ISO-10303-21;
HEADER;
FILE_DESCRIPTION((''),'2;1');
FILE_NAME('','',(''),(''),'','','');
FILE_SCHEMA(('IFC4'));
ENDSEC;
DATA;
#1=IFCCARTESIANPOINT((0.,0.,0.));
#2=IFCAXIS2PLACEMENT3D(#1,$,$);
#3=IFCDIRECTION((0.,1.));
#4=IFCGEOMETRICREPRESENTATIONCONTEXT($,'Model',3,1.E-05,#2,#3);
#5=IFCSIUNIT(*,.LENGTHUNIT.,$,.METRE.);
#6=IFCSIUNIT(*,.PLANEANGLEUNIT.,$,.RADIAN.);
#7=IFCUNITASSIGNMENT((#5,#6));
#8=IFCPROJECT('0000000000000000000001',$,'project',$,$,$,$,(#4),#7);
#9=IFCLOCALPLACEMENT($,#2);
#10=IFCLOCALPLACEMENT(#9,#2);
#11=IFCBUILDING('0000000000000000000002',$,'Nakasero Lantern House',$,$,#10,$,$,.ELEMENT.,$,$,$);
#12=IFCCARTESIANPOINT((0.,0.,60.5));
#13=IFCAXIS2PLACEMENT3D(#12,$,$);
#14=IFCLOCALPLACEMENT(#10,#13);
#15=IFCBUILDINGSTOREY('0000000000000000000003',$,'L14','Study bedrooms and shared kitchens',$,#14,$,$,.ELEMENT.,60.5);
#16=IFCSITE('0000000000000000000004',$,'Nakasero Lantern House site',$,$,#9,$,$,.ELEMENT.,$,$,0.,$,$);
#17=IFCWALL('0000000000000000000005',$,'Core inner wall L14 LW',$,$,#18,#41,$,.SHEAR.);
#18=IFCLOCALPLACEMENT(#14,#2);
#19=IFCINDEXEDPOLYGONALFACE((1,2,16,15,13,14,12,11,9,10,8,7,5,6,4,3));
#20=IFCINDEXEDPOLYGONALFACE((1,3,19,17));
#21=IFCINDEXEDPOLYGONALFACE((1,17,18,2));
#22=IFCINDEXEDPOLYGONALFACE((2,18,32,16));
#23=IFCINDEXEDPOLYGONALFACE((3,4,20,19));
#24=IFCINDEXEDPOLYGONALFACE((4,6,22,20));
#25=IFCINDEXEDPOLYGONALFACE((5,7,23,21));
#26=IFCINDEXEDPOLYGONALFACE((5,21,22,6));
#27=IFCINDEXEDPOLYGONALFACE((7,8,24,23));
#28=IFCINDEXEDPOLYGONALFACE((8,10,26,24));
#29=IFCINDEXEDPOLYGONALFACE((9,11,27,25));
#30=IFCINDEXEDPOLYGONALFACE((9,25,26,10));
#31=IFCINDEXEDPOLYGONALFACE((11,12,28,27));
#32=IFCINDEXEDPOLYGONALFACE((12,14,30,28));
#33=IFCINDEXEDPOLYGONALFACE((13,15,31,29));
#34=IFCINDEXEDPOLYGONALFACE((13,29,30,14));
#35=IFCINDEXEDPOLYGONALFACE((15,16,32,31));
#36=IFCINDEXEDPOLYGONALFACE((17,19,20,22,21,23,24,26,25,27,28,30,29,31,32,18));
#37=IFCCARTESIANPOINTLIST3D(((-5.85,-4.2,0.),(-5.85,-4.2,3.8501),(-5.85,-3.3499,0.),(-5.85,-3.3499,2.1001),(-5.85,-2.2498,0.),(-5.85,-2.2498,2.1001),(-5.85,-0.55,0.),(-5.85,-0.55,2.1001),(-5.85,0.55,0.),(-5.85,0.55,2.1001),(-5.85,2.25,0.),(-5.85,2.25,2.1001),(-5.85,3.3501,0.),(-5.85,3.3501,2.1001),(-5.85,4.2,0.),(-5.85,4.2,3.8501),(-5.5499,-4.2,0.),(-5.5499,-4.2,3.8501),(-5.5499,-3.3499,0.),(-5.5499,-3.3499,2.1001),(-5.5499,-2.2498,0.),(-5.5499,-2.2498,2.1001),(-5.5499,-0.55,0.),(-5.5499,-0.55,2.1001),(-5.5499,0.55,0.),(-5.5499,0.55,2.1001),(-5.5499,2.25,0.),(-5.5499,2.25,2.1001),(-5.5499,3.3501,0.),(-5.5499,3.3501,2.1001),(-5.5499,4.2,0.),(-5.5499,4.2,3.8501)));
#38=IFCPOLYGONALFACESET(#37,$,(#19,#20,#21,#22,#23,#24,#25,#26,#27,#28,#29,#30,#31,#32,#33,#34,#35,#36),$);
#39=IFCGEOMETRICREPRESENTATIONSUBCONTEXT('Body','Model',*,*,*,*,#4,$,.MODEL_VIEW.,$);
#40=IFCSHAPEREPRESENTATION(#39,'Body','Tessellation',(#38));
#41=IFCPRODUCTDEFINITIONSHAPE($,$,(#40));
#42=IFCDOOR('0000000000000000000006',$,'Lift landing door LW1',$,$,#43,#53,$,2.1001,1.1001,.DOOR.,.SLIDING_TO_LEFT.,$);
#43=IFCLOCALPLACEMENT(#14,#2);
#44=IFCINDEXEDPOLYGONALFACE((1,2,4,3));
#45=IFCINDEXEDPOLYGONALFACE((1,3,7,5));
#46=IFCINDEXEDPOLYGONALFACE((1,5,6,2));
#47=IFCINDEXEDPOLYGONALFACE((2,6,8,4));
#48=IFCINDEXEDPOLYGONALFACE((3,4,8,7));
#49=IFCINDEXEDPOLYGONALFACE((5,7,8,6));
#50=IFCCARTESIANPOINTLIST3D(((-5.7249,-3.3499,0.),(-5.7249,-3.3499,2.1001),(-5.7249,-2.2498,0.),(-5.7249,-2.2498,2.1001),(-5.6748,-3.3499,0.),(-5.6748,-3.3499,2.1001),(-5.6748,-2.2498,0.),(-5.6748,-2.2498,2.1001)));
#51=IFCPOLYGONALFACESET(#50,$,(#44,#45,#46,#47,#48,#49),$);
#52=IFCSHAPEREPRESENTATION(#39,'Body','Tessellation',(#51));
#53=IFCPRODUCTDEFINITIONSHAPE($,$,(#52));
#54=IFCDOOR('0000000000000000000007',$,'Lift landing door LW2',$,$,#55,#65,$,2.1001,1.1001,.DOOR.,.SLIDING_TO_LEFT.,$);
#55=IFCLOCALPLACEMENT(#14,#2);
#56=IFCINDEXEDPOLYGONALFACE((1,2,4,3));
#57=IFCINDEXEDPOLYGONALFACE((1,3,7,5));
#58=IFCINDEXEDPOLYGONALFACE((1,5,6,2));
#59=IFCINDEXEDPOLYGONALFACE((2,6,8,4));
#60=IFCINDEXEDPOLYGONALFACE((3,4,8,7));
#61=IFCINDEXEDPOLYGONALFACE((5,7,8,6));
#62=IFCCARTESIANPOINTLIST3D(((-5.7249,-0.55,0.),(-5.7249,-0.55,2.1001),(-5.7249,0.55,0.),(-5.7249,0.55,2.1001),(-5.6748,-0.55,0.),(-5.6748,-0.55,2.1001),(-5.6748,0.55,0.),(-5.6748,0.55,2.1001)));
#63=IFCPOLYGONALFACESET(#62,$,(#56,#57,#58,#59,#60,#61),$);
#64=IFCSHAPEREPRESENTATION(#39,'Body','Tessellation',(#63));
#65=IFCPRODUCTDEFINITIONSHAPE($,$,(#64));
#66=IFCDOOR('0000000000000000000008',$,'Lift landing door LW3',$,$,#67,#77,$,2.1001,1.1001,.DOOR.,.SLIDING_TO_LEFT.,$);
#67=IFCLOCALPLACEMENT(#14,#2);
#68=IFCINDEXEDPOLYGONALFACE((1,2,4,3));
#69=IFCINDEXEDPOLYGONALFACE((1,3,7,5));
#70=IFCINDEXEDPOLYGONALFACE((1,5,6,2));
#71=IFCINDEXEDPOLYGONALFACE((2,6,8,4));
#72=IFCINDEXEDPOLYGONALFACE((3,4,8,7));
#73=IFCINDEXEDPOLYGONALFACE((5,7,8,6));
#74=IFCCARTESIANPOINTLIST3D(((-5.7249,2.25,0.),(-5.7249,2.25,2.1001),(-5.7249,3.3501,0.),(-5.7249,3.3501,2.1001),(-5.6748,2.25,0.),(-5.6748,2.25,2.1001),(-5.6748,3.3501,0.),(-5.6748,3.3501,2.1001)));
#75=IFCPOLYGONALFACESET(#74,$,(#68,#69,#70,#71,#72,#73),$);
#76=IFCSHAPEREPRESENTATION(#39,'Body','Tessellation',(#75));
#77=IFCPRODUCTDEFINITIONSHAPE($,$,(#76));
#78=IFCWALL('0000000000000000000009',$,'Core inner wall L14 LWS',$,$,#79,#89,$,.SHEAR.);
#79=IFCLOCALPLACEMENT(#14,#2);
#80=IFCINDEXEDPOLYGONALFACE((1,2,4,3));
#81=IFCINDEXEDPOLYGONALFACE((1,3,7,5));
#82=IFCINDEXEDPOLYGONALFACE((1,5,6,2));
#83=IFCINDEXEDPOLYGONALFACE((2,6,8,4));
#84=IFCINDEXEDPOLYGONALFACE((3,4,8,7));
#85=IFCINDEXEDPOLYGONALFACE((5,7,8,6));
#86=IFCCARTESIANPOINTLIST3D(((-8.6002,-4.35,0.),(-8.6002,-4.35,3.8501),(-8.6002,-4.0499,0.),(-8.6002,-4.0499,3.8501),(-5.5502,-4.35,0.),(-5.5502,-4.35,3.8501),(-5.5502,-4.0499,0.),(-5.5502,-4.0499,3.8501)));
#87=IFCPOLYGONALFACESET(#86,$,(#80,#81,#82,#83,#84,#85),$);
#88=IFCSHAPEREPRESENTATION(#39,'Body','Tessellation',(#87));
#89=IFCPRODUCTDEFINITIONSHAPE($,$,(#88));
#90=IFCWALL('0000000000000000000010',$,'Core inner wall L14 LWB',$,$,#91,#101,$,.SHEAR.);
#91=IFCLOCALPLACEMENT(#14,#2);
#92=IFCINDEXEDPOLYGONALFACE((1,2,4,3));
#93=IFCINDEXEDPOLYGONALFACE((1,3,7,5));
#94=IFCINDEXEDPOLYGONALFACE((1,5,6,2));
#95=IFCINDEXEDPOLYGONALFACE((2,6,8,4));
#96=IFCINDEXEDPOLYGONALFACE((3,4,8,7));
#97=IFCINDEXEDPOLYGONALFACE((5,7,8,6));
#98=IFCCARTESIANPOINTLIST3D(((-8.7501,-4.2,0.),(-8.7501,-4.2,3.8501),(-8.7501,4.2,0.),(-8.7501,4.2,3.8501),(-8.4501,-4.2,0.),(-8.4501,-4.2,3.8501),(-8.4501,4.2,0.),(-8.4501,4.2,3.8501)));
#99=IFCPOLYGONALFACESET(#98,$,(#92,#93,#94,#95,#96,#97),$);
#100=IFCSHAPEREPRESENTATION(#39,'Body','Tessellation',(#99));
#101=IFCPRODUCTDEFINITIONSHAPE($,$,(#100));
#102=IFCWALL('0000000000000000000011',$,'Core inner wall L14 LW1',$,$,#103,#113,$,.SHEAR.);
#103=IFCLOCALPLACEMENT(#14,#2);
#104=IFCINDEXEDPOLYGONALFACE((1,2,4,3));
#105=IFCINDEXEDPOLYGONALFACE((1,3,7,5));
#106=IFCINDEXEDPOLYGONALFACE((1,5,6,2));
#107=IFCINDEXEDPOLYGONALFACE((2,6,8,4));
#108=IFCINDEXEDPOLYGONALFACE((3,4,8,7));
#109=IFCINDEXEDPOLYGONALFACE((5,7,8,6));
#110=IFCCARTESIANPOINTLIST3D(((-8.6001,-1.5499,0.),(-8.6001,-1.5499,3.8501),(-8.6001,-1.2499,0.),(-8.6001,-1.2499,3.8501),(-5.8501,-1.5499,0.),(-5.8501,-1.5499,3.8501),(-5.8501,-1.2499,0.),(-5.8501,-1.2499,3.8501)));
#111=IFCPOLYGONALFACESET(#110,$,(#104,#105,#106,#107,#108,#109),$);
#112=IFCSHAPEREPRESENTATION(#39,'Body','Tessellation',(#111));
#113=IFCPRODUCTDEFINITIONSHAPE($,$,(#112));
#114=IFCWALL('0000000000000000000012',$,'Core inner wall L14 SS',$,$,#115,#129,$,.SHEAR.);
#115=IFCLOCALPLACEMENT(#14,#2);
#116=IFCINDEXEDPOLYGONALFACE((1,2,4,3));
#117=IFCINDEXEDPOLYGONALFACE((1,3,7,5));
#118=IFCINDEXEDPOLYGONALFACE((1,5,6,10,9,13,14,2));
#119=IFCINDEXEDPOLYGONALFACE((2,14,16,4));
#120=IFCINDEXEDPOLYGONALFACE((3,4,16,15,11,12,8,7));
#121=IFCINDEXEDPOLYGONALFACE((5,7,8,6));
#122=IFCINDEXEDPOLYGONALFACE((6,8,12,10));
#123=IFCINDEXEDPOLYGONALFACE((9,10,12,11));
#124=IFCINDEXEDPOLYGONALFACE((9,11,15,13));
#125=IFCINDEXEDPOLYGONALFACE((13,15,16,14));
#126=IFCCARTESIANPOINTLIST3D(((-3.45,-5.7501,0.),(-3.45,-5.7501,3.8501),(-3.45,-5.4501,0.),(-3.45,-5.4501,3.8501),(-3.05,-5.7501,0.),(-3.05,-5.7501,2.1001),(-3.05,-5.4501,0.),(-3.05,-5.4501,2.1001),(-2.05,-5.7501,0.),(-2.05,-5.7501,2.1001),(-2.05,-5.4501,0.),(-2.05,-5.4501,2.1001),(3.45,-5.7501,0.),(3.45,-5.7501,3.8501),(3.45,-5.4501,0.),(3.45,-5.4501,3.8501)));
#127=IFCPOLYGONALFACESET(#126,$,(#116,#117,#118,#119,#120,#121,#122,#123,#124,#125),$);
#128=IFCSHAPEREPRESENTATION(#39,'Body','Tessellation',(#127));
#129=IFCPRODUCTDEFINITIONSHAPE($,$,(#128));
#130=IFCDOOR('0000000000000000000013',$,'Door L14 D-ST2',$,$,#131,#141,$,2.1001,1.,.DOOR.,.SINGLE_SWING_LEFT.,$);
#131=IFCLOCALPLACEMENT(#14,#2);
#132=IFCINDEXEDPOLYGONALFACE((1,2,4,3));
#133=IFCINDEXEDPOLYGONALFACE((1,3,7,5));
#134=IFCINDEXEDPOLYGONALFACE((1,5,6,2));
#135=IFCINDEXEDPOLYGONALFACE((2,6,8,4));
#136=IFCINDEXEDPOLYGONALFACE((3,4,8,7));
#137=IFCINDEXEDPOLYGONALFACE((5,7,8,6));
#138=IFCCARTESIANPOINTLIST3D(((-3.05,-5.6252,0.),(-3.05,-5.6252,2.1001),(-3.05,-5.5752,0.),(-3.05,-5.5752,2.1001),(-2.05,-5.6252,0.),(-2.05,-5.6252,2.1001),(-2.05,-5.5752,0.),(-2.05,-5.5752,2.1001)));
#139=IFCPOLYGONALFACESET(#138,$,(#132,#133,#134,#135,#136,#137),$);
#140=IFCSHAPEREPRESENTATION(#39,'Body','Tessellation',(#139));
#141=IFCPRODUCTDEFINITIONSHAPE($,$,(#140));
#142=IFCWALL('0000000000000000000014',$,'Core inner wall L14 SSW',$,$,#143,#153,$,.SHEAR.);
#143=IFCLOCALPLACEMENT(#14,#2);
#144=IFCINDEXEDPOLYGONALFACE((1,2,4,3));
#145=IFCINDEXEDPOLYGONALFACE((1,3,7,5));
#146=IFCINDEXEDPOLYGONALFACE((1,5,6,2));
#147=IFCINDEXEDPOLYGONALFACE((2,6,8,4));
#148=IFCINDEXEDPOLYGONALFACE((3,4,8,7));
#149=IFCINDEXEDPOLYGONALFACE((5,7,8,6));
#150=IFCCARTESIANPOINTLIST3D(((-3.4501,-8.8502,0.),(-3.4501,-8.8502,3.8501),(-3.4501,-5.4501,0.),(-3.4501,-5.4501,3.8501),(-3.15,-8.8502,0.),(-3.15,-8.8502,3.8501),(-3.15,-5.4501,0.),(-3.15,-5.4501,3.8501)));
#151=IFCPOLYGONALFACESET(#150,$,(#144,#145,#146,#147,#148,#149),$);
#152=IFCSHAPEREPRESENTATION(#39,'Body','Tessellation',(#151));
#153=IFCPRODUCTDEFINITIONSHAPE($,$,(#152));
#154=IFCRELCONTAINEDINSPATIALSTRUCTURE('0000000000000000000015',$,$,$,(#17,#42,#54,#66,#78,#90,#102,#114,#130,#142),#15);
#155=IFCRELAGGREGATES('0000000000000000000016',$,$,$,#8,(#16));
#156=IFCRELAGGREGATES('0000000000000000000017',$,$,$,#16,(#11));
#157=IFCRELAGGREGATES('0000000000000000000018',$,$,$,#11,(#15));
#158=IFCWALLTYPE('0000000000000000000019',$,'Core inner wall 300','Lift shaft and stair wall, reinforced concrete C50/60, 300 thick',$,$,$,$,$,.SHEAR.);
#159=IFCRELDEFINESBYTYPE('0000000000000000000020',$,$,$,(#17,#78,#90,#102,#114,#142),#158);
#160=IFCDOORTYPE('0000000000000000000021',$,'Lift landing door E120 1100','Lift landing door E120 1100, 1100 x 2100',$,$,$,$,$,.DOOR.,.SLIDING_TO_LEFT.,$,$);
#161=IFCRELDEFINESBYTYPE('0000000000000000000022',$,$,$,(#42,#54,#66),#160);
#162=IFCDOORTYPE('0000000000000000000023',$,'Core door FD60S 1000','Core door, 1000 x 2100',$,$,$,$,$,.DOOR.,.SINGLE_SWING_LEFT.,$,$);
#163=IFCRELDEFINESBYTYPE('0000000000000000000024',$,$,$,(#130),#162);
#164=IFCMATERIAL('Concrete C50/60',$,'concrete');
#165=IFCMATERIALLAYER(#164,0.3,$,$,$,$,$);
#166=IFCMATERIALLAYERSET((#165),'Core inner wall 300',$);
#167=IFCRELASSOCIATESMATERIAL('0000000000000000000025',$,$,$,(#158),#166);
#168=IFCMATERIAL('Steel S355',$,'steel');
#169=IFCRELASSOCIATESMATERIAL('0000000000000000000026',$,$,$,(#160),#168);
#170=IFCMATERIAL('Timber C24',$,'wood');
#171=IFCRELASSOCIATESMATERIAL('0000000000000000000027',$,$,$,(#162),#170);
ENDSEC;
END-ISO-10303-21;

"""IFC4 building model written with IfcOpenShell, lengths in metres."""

from ifc_helpers import new_model, si_unit, direction, frame, frame_2d, origin, place, context, subcontext, project, spatial, rectangle, extrude, material, layer, layer_set, type_object, element, fill, save


model = new_model("IFC4")

# Units and contexts
model_context = context("Model", 3, precision=1e-05, world=origin(), true_north=direction((0.0, 1.0)))
body_context = subcontext(model_context, "Body", "Model", "MODEL_VIEW")
ifc_project = project(units=[si_unit("LENGTHUNIT", "METRE"), si_unit("PLANEANGLEUNIT", "RADIAN")], contexts=[model_context])

# Site, building, storey
site_placement = place(None, origin())
site = spatial("IfcSite", under=ifc_project, at=site_placement, Name="Nakasero Lantern House site", CompositionType="ELEMENT", RefElevation=0.0)
building_placement = place(site_placement, origin())
building = spatial("IfcBuilding", under=site, at=building_placement, Name="Nakasero Lantern House", CompositionType="ELEMENT")
storey_placement = place(building_placement, frame((0.0, 0.0, 60.5)))
storey = spatial("IfcBuildingStorey", under=building, at=storey_placement, Name="L14", Description="Study bedrooms and shared kitchens", CompositionType="ELEMENT", Elevation=60.5)

# Wall, openings, doors
ifc_material_1 = material(Name="Concrete C50/60", Category="concrete")
ifc_layer_1 = layer(ifc_material_1, 0.3)
ifc_layer_set_1 = layer_set([ifc_layer_1], Name="Core inner wall 300")
wall_type_1 = type_object("IfcWallType", Name="Core inner wall 300", Description="Lift shaft and stair wall, reinforced concrete C50/60, 300 thick", PredefinedType="SHEAR", material=ifc_layer_set_1)
wall_1_placement = place(storey_placement, frame((-5.7, -4.2, 0.0), z_axis=(0.0, 0.0, 1.0), x_axis=(0.0, 1.0, 0.0)))
wall_1 = element("IfcWall", 1, at=wall_1_placement, inside=storey, type_object=wall_type_1, Name="Core inner wall L14 LW", PredefinedType="SHEAR", context=body_context, shape_type="SweptSolid", body=[
    extrude(rectangle(XDim=8.3999, YDim=0.3, at=frame_2d((4.2, 0.0))), origin(), (0.0, 0.0, 1.0), 3.8501),
])
opening_1_placement = place(wall_1_placement, frame((0.8501, 0.0, 0.0)))
opening_1 = element("IfcOpeningElement", 2, at=opening_1_placement, cuts=wall_1, PredefinedType="OPENING", context=body_context, shape_type="SweptSolid", body=[
    extrude(rectangle(XDim=1.1001, YDim=2.1001, at=frame_2d((0.55, 1.05))), frame((0.0, 0.1699, 0.0), z_axis=(0.0, -1.0, 0.0), x_axis=(1.0, 0.0, 0.0)), (0.0, 0.0, 1.0), 0.3401),
])
opening_2_placement = place(wall_1_placement, frame((3.6499, 0.0, 0.0)))
opening_2 = element("IfcOpeningElement", 3, at=opening_2_placement, cuts=wall_1, PredefinedType="OPENING", context=body_context, shape_type="SweptSolid", body=[
    extrude(rectangle(XDim=1.1001, YDim=2.1001, at=frame_2d((0.55, 1.05))), frame((0.0, 0.1699, 0.0), z_axis=(0.0, -1.0, 0.0), x_axis=(1.0, 0.0, 0.0)), (0.0, 0.0, 1.0), 0.3401),
])
opening_3_placement = place(wall_1_placement, frame((6.45, 0.0, 0.0)))
opening_3 = element("IfcOpeningElement", 4, at=opening_3_placement, cuts=wall_1, PredefinedType="OPENING", context=body_context, shape_type="SweptSolid", body=[
    extrude(rectangle(XDim=1.1001, YDim=2.1001, at=frame_2d((0.55, 1.05))), frame((0.0, 0.1699, 0.0), z_axis=(0.0, -1.0, 0.0), x_axis=(1.0, 0.0, 0.0)), (0.0, 0.0, 1.0), 0.3401),
])
ifc_material_2 = material(Name="Steel S355", Category="steel")
door_type_1 = type_object("IfcDoorType", Name="Lift landing door E120 1100", Description="Lift landing door E120 1100, 1100 x 2100", OperationType="SLIDING_TO_LEFT", PredefinedType="DOOR", material=ifc_material_2)
door_1_placement = place(opening_1_placement, origin())
door_1 = element("IfcDoor", 5, at=door_1_placement, inside=storey, type_object=door_type_1, Name="Lift landing door LW1", OperationType="SLIDING_TO_LEFT", OverallHeight=2.1001, OverallWidth=1.1001, PredefinedType="DOOR", context=body_context, shape_type="SweptSolid", body=[
    extrude(rectangle(XDim=1.1001, YDim=2.1001, at=frame_2d((0.55, 1.05))), frame((0.0, 0.0249, 0.0), z_axis=(0.0, -1.0, 0.0), x_axis=(1.0, 0.0, 0.0)), (0.0, 0.0, 1.0), 0.05),
])
fill(opening_1, door_1)
door_2_placement = place(opening_2_placement, origin())
door_2 = element("IfcDoor", 6, at=door_2_placement, inside=storey, type_object=door_type_1, Name="Lift landing door LW2", OperationType="SLIDING_TO_LEFT", OverallHeight=2.1001, OverallWidth=1.1001, PredefinedType="DOOR", context=body_context, shape_type="SweptSolid", body=[
    extrude(rectangle(XDim=1.1001, YDim=2.1001, at=frame_2d((0.55, 1.05))), frame((0.0, 0.0249, 0.0), z_axis=(0.0, -1.0, 0.0), x_axis=(1.0, 0.0, 0.0)), (0.0, 0.0, 1.0), 0.05),
])
fill(opening_2, door_2)
door_3_placement = place(opening_3_placement, origin())
door_3 = element("IfcDoor", 7, at=door_3_placement, inside=storey, type_object=door_type_1, Name="Lift landing door LW3", OperationType="SLIDING_TO_LEFT", OverallHeight=2.1001, OverallWidth=1.1001, PredefinedType="DOOR", context=body_context, shape_type="SweptSolid", body=[
    extrude(rectangle(XDim=1.1001, YDim=2.1001, at=frame_2d((0.55, 1.05))), frame((0.0, 0.0249, 0.0), z_axis=(0.0, -1.0, 0.0), x_axis=(1.0, 0.0, 0.0)), (0.0, 0.0, 1.0), 0.05),
])
fill(opening_3, door_3)

# Walls
wall_2_placement = place(storey_placement, frame((-8.6001, -4.2, 0.0), z_axis=(0.0, 0.0, 1.0), x_axis=(1.0, 0.0, 0.0)))
element("IfcWall", 8, at=wall_2_placement, inside=storey, type_object=wall_type_1, Name="Core inner wall L14 LWS", PredefinedType="SHEAR", context=body_context, shape_type="SweptSolid", body=[
    extrude(rectangle(XDim=3.05, YDim=0.3, at=frame_2d((1.5249, 0.0))), origin(), (0.0, 0.0, 1.0), 3.8501),
])
wall_3_placement = place(storey_placement, frame((-8.6001, -4.2, 0.0), z_axis=(0.0, 0.0, 1.0), x_axis=(0.0, 1.0, 0.0)))
element("IfcWall", 9, at=wall_3_placement, inside=storey, type_object=wall_type_1, Name="Core inner wall L14 LWB", PredefinedType="SHEAR", context=body_context, shape_type="SweptSolid", body=[
    extrude(rectangle(XDim=8.3999, YDim=0.3, at=frame_2d((4.2, 0.0))), origin(), (0.0, 0.0, 1.0), 3.8501),
])
wall_4_placement = place(storey_placement, frame((-8.6001, -1.3999, 0.0), z_axis=(0.0, 0.0, 1.0), x_axis=(1.0, 0.0, 0.0)))
element("IfcWall", 10, at=wall_4_placement, inside=storey, type_object=wall_type_1, Name="Core inner wall L14 LW1", PredefinedType="SHEAR", context=body_context, shape_type="SweptSolid", body=[
    extrude(rectangle(XDim=2.75, YDim=0.3, at=frame_2d((1.375, 0.0))), origin(), (0.0, 0.0, 1.0), 3.8501),
])

# Wall, opening, door
wall_5_placement = place(storey_placement, frame((-3.45, -5.6001, 0.0), z_axis=(0.0, 0.0, 1.0), x_axis=(1.0, 0.0, 0.0)))
wall_5 = element("IfcWall", 11, at=wall_5_placement, inside=storey, type_object=wall_type_1, Name="Core inner wall L14 SS", PredefinedType="SHEAR", context=body_context, shape_type="SweptSolid", body=[
    extrude(rectangle(XDim=6.8999, YDim=0.3, at=frame_2d((3.45, 0.0))), origin(), (0.0, 0.0, 1.0), 3.8501),
])
opening_4_placement = place(wall_5_placement, frame((0.3999, 0.0, 0.0)))
opening_4 = element("IfcOpeningElement", 12, at=opening_4_placement, cuts=wall_5, PredefinedType="OPENING", context=body_context, shape_type="SweptSolid", body=[
    extrude(rectangle(XDim=1.0, YDim=2.1001, at=frame_2d((0.5, 1.05))), frame((0.0, 0.1699, 0.0), z_axis=(0.0, -1.0, 0.0), x_axis=(1.0, 0.0, 0.0)), (0.0, 0.0, 1.0), 0.3401),
])
ifc_material_3 = material(Name="Timber C24", Category="wood")
door_type_2 = type_object("IfcDoorType", Name="Core door FD60S 1000", Description="Core door, 1000 x 2100", OperationType="SINGLE_SWING_LEFT", PredefinedType="DOOR", material=ifc_material_3)
door_4_placement = place(opening_4_placement, origin())
door_4 = element("IfcDoor", 13, at=door_4_placement, inside=storey, type_object=door_type_2, Name="Door L14 D-ST2", OperationType="SINGLE_SWING_LEFT", OverallHeight=2.1001, OverallWidth=1.0, PredefinedType="DOOR", context=body_context, shape_type="SweptSolid", body=[
    extrude(rectangle(XDim=1.0, YDim=2.1001, at=frame_2d((0.5, 1.05))), frame((0.0, 0.0249, 0.0), z_axis=(0.0, -1.0, 0.0), x_axis=(1.0, 0.0, 0.0)), (0.0, 0.0, 1.0), 0.05),
])
fill(opening_4, door_4)

# Wall
wall_6_placement = place(storey_placement, frame((-3.3, -5.45, 0.0), z_axis=(0.0, 0.0, 1.0), x_axis=(0.0, -1.0, 0.0)))
element("IfcWall", 14, at=wall_6_placement, inside=storey, type_object=wall_type_1, Name="Core inner wall L14 SSW", PredefinedType="SHEAR", context=body_context, shape_type="SweptSolid", body=[
    extrude(rectangle(XDim=3.4001, YDim=0.3, at=frame_2d((1.7002, 0.0))), origin(), (0.0, 0.0, 1.0), 3.8501),
])

save(model, "model.ifc")
